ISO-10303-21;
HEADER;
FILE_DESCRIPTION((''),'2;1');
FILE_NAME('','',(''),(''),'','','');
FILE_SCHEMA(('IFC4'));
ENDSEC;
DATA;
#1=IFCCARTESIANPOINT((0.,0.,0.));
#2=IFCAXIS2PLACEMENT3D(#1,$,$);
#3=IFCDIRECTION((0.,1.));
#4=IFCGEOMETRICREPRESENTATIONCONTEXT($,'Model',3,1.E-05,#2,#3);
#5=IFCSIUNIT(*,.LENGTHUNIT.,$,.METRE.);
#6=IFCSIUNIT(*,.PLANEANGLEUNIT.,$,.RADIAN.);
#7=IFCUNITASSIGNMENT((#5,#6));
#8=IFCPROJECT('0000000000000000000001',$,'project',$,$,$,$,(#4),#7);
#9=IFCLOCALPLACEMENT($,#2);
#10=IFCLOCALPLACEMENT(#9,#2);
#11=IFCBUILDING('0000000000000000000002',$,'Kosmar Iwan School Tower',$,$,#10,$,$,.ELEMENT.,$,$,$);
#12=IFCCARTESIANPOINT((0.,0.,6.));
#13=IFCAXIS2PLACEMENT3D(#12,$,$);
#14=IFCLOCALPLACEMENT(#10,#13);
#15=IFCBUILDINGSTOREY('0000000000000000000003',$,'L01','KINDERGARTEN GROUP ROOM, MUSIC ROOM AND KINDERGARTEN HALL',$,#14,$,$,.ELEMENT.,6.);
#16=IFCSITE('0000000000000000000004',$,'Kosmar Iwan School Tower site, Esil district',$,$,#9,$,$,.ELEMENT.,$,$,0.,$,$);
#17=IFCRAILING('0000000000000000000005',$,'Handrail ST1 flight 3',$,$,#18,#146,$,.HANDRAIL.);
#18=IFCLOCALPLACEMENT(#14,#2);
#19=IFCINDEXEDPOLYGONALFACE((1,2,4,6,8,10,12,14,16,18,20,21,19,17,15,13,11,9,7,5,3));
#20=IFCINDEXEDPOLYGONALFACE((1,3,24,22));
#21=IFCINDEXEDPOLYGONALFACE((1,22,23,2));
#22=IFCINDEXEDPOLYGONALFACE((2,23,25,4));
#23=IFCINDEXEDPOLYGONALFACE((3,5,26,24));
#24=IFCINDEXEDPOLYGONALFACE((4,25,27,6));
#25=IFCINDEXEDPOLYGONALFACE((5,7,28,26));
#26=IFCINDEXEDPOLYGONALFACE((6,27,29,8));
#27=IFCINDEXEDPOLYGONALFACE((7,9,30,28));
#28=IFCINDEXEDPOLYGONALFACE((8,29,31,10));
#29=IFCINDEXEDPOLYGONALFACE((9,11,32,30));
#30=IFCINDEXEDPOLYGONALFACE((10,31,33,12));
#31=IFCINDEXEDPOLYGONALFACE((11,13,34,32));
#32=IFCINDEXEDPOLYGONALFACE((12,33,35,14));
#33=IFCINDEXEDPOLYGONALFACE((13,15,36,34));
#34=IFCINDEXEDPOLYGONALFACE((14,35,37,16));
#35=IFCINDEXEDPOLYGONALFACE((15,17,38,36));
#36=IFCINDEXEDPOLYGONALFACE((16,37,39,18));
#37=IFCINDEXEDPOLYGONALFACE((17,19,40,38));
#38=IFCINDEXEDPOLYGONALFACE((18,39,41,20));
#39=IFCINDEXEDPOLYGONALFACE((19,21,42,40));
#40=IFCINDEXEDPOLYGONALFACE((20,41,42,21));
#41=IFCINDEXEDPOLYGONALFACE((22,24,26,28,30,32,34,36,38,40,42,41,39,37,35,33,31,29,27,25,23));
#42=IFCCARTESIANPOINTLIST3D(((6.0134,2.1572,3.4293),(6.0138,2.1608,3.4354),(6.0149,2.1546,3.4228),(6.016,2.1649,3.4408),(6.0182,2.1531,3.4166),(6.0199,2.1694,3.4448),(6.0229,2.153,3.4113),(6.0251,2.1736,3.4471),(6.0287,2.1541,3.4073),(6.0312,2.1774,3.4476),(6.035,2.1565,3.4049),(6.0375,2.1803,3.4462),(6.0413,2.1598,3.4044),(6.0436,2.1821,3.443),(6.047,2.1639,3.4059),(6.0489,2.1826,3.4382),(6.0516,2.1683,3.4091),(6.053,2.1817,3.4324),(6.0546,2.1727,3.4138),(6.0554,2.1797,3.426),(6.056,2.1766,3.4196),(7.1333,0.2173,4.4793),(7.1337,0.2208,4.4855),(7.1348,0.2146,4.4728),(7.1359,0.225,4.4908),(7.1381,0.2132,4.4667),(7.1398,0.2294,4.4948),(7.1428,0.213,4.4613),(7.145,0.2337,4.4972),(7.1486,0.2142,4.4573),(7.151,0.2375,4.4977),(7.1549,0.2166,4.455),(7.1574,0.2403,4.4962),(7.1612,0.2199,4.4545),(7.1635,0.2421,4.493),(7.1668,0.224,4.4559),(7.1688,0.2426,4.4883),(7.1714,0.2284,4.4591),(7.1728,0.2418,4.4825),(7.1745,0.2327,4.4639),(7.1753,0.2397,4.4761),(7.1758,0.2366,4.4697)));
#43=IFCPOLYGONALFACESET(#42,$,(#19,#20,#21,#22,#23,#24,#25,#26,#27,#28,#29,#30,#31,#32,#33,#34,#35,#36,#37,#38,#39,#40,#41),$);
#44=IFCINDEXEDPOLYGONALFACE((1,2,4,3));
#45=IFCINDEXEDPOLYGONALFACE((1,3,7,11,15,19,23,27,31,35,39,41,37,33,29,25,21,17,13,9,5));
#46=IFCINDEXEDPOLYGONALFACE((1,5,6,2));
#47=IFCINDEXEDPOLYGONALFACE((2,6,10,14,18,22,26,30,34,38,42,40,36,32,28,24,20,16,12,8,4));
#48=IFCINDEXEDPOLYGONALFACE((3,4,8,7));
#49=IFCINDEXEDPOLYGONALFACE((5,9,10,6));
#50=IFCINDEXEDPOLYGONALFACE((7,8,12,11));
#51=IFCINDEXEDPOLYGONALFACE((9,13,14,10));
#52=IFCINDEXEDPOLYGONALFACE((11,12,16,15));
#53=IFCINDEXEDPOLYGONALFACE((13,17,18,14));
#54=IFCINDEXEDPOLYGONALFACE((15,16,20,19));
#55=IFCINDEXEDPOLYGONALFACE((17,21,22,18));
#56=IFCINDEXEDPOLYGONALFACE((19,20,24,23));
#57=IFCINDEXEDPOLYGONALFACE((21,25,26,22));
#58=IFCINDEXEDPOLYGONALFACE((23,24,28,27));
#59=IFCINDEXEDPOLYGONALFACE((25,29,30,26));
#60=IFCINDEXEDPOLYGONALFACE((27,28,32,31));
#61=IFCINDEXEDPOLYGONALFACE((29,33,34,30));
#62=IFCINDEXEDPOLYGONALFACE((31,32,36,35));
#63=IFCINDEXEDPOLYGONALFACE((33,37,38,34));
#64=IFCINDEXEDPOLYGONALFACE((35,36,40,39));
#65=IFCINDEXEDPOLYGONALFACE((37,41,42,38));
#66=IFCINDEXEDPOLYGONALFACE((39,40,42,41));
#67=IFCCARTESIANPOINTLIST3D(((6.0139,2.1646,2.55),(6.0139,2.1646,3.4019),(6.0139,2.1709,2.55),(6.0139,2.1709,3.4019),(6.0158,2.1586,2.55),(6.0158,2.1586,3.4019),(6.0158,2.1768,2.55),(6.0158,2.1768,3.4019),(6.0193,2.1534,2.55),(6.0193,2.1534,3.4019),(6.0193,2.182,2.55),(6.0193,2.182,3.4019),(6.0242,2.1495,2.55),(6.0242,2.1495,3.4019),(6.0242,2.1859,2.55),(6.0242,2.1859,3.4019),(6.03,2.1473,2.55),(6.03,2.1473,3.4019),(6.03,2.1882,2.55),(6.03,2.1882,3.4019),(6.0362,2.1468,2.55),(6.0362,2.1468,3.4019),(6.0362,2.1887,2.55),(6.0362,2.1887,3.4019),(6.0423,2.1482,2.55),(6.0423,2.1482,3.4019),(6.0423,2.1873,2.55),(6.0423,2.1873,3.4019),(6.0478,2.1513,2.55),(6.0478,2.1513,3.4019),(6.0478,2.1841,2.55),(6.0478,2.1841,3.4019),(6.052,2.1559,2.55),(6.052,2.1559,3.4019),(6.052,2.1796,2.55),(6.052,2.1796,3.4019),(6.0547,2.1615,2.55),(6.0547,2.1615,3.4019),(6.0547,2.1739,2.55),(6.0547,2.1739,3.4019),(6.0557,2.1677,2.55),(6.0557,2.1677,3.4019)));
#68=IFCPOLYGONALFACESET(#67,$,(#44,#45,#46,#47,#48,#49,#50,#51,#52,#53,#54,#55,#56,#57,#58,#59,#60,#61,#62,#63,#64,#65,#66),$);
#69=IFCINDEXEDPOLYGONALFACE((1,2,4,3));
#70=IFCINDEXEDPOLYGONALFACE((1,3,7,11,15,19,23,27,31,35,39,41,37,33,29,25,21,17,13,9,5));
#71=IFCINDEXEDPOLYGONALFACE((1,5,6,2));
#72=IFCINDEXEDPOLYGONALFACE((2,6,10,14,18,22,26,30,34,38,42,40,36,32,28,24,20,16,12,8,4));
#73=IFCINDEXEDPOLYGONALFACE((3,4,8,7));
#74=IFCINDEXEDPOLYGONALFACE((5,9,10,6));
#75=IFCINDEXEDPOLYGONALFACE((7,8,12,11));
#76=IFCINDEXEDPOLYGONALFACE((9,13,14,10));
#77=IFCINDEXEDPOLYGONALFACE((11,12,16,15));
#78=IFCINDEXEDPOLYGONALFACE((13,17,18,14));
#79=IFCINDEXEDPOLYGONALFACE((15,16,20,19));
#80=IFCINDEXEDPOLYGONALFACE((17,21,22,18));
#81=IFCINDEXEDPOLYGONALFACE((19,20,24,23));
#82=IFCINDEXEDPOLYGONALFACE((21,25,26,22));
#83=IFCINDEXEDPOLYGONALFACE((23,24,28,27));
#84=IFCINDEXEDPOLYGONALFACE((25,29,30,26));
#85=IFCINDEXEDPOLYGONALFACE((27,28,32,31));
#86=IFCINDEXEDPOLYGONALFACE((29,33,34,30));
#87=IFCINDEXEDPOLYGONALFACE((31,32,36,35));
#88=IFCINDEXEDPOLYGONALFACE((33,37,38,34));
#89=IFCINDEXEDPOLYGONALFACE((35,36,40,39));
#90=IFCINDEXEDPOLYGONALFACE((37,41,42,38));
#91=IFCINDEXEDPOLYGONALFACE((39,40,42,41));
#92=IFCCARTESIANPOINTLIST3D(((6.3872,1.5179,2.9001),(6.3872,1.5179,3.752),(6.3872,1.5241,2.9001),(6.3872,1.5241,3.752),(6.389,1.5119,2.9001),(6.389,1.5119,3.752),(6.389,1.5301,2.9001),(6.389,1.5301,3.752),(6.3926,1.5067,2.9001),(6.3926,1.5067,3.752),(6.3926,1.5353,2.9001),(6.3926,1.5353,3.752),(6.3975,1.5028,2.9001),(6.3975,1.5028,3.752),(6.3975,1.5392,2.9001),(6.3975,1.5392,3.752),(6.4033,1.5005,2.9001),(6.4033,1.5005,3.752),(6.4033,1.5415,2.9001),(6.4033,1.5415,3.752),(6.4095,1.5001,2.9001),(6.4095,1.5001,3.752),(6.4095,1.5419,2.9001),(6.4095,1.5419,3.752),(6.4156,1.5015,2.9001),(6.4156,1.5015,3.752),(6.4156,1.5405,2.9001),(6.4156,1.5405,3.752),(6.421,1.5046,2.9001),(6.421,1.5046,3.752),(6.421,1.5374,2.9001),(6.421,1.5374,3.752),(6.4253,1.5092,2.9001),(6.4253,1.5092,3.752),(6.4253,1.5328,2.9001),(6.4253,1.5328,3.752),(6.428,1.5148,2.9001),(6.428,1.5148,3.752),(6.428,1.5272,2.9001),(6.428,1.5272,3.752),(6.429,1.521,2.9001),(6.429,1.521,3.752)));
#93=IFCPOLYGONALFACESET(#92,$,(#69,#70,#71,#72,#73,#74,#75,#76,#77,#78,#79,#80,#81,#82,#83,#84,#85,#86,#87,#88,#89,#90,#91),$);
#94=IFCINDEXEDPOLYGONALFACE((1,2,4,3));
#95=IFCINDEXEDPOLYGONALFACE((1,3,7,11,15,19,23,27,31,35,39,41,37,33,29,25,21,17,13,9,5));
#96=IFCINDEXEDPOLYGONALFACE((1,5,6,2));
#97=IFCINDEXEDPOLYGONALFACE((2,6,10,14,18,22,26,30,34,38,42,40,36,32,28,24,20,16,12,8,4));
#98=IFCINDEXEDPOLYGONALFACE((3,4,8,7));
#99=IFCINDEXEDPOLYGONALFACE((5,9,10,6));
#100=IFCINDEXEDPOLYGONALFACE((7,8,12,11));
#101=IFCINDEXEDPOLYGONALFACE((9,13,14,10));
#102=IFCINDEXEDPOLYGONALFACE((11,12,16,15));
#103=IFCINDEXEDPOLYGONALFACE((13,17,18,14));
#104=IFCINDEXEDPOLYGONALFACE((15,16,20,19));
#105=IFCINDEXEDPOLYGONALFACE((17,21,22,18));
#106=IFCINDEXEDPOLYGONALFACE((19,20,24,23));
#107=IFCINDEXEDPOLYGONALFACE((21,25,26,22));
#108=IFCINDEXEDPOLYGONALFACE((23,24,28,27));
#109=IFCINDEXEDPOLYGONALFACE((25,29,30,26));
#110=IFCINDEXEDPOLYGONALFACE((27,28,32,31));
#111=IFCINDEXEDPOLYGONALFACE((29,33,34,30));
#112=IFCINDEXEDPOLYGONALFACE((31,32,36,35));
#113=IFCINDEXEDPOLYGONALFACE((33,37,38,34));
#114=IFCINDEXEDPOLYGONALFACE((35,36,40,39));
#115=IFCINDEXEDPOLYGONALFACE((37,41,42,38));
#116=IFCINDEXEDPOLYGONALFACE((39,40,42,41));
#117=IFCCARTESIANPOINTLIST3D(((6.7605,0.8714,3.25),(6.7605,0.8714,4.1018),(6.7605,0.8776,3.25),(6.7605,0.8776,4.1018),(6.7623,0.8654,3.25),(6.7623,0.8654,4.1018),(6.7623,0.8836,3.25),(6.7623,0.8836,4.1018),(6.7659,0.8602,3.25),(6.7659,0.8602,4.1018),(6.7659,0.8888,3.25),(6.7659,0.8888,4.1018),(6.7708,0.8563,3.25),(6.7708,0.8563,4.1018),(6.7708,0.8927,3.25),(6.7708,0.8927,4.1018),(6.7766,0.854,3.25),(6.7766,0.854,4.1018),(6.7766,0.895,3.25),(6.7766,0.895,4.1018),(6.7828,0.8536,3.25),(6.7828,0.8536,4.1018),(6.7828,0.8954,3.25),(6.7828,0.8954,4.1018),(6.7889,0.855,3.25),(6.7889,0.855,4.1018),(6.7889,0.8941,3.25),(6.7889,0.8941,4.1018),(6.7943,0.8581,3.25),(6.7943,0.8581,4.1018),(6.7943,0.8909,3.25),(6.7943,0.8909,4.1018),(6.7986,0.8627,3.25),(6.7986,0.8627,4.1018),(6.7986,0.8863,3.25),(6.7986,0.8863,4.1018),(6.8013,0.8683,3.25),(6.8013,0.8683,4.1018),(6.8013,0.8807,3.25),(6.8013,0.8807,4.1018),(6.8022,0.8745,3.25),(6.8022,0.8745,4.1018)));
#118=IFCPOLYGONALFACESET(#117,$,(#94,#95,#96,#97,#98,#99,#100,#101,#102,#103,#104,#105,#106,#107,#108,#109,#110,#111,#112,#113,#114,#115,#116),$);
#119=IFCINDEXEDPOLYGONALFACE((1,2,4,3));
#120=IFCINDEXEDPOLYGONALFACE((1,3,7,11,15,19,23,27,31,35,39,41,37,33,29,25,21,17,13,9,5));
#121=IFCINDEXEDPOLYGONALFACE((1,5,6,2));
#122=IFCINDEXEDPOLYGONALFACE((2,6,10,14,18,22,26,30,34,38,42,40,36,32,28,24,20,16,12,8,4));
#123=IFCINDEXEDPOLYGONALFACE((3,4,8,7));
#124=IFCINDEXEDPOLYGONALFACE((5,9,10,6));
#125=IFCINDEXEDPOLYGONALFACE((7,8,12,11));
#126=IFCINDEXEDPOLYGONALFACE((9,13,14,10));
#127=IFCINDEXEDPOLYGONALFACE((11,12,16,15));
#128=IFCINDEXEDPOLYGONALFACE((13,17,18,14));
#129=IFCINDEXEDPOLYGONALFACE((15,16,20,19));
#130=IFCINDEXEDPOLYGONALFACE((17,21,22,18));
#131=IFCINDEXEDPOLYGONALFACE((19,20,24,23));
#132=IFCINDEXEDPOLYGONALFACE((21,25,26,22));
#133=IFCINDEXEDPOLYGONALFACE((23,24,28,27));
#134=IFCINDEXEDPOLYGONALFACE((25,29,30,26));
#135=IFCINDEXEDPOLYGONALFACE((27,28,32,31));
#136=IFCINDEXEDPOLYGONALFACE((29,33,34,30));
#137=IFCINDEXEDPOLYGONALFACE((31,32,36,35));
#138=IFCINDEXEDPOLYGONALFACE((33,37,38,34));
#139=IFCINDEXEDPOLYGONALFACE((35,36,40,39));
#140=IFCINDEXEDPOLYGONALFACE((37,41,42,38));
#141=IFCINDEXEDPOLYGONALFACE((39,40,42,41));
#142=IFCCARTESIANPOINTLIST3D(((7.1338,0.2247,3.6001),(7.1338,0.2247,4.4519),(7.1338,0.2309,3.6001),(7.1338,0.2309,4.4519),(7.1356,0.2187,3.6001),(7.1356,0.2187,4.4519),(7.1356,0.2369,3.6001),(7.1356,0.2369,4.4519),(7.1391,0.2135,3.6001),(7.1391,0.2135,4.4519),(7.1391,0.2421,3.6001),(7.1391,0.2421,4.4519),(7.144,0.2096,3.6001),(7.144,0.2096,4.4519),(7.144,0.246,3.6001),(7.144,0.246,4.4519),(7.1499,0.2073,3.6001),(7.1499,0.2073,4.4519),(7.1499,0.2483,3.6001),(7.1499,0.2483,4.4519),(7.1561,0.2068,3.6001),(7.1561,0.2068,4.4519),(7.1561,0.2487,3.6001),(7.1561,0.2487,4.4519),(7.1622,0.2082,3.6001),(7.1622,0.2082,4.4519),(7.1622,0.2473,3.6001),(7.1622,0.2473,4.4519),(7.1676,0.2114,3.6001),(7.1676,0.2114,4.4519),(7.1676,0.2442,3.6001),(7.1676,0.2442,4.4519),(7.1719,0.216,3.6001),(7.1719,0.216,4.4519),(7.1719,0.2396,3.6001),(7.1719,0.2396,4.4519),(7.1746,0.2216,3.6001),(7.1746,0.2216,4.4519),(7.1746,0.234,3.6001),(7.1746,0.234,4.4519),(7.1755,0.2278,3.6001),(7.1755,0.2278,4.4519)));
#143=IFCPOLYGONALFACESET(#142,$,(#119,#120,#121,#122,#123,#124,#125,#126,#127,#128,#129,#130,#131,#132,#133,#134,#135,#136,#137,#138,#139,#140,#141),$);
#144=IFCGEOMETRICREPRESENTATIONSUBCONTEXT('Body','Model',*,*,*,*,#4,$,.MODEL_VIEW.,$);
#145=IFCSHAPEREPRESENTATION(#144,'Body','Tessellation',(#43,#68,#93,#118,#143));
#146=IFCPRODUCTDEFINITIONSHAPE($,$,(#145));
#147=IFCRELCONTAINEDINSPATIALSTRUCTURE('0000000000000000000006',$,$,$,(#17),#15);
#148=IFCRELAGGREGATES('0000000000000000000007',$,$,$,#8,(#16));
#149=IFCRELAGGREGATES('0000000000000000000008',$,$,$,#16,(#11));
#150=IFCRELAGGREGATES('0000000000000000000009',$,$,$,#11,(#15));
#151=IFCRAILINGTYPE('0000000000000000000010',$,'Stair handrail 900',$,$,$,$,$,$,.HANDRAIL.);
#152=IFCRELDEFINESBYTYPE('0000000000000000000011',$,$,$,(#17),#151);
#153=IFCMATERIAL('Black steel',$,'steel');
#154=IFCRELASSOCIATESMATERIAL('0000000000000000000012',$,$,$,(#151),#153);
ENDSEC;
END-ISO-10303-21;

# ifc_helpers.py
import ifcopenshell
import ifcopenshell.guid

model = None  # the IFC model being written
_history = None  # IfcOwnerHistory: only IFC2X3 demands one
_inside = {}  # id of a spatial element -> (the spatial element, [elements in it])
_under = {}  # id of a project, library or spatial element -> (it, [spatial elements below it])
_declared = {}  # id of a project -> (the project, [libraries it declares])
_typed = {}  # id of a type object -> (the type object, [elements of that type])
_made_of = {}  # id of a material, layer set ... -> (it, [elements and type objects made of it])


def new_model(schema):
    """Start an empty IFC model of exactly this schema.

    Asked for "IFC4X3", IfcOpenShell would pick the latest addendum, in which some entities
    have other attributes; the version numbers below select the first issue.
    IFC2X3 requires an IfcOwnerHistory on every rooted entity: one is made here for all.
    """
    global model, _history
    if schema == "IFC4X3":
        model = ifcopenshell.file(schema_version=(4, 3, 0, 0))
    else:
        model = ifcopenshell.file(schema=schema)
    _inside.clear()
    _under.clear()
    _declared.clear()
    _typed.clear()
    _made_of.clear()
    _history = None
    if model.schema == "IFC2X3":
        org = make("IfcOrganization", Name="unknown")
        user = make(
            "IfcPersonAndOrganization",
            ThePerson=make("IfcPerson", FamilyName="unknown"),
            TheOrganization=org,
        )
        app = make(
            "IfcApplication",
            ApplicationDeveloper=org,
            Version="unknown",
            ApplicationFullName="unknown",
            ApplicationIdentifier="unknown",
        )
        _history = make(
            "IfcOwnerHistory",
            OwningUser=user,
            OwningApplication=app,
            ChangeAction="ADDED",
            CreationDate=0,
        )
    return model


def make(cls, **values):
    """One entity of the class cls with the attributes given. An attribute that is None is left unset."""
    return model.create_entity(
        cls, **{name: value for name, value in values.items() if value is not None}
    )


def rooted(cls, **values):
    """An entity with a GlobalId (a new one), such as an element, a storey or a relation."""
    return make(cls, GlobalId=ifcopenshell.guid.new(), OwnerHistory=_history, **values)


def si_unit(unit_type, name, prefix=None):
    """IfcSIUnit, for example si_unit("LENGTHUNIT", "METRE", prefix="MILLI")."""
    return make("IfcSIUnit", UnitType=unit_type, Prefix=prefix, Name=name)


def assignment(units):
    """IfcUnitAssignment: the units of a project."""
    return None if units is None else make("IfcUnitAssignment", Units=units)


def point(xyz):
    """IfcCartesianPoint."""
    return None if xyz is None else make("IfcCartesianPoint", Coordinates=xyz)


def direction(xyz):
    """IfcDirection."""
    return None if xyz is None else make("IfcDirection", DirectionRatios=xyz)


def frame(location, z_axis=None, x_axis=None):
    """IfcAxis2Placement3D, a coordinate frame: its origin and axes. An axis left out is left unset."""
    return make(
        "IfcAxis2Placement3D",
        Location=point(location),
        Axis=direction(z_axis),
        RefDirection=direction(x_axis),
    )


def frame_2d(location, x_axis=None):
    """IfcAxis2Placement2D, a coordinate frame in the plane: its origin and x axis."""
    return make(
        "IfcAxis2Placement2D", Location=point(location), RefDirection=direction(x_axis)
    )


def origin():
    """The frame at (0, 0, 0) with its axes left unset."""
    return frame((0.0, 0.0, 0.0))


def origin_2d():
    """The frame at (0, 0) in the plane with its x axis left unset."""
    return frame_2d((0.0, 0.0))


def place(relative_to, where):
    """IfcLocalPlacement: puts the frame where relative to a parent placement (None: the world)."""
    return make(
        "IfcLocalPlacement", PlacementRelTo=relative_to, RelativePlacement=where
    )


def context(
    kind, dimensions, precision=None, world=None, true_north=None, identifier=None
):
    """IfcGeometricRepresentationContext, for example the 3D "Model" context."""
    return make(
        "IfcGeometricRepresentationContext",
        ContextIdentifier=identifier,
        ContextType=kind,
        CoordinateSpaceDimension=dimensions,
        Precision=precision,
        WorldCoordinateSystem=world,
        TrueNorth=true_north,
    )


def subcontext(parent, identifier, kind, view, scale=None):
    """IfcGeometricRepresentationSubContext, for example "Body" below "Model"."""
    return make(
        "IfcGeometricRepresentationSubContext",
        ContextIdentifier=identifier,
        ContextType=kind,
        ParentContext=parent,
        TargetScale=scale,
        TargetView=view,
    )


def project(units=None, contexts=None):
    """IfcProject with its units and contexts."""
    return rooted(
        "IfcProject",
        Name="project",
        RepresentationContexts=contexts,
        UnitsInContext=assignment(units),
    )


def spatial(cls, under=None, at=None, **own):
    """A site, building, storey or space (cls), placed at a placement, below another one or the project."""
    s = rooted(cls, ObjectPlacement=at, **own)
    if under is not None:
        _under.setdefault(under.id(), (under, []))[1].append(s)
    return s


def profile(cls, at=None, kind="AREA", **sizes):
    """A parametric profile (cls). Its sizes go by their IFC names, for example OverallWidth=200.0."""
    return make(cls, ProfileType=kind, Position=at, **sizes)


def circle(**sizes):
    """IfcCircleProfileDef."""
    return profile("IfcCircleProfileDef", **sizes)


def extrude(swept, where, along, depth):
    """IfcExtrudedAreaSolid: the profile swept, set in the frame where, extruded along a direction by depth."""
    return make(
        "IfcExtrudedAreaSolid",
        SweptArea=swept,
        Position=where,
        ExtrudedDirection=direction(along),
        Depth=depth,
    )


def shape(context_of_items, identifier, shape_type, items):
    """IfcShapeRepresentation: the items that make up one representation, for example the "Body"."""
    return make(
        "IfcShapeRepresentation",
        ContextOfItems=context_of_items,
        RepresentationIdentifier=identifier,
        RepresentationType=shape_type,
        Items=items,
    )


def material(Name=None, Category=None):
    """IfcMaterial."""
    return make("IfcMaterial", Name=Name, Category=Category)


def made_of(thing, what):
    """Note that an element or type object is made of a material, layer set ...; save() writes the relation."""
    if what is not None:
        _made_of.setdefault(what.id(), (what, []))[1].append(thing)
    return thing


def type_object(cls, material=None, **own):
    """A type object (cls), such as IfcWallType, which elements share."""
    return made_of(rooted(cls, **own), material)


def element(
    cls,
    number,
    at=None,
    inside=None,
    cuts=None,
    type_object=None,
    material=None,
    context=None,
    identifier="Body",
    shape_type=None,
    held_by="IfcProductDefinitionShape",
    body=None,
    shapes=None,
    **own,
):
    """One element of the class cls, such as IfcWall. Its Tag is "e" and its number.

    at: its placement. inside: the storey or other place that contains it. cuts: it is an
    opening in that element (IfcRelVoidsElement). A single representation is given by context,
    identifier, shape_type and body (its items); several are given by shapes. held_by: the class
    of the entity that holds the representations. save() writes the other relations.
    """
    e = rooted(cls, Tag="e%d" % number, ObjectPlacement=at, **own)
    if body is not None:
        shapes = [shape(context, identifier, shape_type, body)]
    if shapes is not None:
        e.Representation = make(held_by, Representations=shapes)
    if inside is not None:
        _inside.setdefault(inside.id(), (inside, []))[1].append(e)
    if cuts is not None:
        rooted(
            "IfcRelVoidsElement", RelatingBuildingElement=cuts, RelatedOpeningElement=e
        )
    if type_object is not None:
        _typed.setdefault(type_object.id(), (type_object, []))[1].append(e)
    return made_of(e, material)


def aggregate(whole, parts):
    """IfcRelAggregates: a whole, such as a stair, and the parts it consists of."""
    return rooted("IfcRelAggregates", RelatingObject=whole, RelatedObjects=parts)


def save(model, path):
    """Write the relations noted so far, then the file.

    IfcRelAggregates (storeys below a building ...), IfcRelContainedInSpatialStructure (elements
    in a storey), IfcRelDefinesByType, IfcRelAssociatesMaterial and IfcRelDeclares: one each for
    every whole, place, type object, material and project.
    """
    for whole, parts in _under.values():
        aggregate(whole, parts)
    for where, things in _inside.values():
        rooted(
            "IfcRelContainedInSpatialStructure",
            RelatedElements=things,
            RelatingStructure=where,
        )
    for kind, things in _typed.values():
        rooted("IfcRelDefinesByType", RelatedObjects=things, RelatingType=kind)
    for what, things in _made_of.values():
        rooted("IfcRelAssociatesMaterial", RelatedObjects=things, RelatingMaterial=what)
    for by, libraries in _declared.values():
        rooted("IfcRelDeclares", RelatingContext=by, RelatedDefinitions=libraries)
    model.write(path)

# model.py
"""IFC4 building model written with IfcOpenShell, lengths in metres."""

from ifc_helpers import new_model, si_unit, direction, frame, origin, origin_2d, place, context, subcontext, project, spatial, circle, extrude, material, type_object, element, save


model = new_model("IFC4")

# Units and contexts
model_context = context("Model", 3, precision=1e-05, world=origin(), true_north=direction((0.0, 1.0)))
body_context = subcontext(model_context, "Body", "Model", "MODEL_VIEW")
ifc_project = project(units=[si_unit("LENGTHUNIT", "METRE"), si_unit("PLANEANGLEUNIT", "RADIAN")], contexts=[model_context])

# Site, building, storey
site_placement = place(None, origin())
site = spatial("IfcSite", under=ifc_project, at=site_placement, Name="Kosmar Iwan School Tower site, Esil district", CompositionType="ELEMENT", RefElevation=0.0)
building_placement = place(site_placement, origin())
building = spatial("IfcBuilding", under=site, at=building_placement, Name="Kosmar Iwan School Tower", CompositionType="ELEMENT")
storey_placement = place(building_placement, frame((0.0, 0.0, 6.0)))
storey = spatial("IfcBuildingStorey", under=building, at=storey_placement, Name="L01", Description="KINDERGARTEN GROUP ROOM, MUSIC ROOM AND KINDERGARTEN HALL", CompositionType="ELEMENT", Elevation=6.0)

# Railing
ifc_material_1 = material(Name="Black steel", Category="steel")
railing_type = type_object("IfcRailingType", Name="Stair handrail 900", PredefinedType="HANDRAIL", material=ifc_material_1)
railing_1_placement = place(storey_placement, frame((6.0347, 2.1677, 2.55)))
element("IfcRailing", 1, at=railing_1_placement, inside=storey, type_object=railing_type, Name="Handrail ST1 flight 3", PredefinedType="HANDRAIL", context=body_context, shape_type="SweptSolid", body=[
    extrude(circle(Radius=0.0239, at=origin_2d()), frame((0.0, 0.0, 0.876), z_axis=(0.452678, -0.784169, 0.424454), x_axis=(0.866055, 0.499949, 0.0)), (0.0, 0.0, 1.0), 2.4739),
    extrude(circle(Radius=0.021, at=origin_2d()), origin(), (0.0, 0.0, 1.0), 0.8518),
    extrude(circle(Radius=0.021, at=origin_2d()), frame((0.3733, -0.6467, 0.3501)), (0.0, 0.0, 1.0), 0.8518),
    extrude(circle(Radius=0.021, at=origin_2d()), frame((0.7466, -1.2932, 0.7)), (0.0, 0.0, 1.0), 0.8518),
    extrude(circle(Radius=0.021, at=origin_2d()), frame((1.1199, -1.9399, 1.05)), (0.0, 0.0, 1.0), 0.8518),
])

save(model, "model.ifc")
